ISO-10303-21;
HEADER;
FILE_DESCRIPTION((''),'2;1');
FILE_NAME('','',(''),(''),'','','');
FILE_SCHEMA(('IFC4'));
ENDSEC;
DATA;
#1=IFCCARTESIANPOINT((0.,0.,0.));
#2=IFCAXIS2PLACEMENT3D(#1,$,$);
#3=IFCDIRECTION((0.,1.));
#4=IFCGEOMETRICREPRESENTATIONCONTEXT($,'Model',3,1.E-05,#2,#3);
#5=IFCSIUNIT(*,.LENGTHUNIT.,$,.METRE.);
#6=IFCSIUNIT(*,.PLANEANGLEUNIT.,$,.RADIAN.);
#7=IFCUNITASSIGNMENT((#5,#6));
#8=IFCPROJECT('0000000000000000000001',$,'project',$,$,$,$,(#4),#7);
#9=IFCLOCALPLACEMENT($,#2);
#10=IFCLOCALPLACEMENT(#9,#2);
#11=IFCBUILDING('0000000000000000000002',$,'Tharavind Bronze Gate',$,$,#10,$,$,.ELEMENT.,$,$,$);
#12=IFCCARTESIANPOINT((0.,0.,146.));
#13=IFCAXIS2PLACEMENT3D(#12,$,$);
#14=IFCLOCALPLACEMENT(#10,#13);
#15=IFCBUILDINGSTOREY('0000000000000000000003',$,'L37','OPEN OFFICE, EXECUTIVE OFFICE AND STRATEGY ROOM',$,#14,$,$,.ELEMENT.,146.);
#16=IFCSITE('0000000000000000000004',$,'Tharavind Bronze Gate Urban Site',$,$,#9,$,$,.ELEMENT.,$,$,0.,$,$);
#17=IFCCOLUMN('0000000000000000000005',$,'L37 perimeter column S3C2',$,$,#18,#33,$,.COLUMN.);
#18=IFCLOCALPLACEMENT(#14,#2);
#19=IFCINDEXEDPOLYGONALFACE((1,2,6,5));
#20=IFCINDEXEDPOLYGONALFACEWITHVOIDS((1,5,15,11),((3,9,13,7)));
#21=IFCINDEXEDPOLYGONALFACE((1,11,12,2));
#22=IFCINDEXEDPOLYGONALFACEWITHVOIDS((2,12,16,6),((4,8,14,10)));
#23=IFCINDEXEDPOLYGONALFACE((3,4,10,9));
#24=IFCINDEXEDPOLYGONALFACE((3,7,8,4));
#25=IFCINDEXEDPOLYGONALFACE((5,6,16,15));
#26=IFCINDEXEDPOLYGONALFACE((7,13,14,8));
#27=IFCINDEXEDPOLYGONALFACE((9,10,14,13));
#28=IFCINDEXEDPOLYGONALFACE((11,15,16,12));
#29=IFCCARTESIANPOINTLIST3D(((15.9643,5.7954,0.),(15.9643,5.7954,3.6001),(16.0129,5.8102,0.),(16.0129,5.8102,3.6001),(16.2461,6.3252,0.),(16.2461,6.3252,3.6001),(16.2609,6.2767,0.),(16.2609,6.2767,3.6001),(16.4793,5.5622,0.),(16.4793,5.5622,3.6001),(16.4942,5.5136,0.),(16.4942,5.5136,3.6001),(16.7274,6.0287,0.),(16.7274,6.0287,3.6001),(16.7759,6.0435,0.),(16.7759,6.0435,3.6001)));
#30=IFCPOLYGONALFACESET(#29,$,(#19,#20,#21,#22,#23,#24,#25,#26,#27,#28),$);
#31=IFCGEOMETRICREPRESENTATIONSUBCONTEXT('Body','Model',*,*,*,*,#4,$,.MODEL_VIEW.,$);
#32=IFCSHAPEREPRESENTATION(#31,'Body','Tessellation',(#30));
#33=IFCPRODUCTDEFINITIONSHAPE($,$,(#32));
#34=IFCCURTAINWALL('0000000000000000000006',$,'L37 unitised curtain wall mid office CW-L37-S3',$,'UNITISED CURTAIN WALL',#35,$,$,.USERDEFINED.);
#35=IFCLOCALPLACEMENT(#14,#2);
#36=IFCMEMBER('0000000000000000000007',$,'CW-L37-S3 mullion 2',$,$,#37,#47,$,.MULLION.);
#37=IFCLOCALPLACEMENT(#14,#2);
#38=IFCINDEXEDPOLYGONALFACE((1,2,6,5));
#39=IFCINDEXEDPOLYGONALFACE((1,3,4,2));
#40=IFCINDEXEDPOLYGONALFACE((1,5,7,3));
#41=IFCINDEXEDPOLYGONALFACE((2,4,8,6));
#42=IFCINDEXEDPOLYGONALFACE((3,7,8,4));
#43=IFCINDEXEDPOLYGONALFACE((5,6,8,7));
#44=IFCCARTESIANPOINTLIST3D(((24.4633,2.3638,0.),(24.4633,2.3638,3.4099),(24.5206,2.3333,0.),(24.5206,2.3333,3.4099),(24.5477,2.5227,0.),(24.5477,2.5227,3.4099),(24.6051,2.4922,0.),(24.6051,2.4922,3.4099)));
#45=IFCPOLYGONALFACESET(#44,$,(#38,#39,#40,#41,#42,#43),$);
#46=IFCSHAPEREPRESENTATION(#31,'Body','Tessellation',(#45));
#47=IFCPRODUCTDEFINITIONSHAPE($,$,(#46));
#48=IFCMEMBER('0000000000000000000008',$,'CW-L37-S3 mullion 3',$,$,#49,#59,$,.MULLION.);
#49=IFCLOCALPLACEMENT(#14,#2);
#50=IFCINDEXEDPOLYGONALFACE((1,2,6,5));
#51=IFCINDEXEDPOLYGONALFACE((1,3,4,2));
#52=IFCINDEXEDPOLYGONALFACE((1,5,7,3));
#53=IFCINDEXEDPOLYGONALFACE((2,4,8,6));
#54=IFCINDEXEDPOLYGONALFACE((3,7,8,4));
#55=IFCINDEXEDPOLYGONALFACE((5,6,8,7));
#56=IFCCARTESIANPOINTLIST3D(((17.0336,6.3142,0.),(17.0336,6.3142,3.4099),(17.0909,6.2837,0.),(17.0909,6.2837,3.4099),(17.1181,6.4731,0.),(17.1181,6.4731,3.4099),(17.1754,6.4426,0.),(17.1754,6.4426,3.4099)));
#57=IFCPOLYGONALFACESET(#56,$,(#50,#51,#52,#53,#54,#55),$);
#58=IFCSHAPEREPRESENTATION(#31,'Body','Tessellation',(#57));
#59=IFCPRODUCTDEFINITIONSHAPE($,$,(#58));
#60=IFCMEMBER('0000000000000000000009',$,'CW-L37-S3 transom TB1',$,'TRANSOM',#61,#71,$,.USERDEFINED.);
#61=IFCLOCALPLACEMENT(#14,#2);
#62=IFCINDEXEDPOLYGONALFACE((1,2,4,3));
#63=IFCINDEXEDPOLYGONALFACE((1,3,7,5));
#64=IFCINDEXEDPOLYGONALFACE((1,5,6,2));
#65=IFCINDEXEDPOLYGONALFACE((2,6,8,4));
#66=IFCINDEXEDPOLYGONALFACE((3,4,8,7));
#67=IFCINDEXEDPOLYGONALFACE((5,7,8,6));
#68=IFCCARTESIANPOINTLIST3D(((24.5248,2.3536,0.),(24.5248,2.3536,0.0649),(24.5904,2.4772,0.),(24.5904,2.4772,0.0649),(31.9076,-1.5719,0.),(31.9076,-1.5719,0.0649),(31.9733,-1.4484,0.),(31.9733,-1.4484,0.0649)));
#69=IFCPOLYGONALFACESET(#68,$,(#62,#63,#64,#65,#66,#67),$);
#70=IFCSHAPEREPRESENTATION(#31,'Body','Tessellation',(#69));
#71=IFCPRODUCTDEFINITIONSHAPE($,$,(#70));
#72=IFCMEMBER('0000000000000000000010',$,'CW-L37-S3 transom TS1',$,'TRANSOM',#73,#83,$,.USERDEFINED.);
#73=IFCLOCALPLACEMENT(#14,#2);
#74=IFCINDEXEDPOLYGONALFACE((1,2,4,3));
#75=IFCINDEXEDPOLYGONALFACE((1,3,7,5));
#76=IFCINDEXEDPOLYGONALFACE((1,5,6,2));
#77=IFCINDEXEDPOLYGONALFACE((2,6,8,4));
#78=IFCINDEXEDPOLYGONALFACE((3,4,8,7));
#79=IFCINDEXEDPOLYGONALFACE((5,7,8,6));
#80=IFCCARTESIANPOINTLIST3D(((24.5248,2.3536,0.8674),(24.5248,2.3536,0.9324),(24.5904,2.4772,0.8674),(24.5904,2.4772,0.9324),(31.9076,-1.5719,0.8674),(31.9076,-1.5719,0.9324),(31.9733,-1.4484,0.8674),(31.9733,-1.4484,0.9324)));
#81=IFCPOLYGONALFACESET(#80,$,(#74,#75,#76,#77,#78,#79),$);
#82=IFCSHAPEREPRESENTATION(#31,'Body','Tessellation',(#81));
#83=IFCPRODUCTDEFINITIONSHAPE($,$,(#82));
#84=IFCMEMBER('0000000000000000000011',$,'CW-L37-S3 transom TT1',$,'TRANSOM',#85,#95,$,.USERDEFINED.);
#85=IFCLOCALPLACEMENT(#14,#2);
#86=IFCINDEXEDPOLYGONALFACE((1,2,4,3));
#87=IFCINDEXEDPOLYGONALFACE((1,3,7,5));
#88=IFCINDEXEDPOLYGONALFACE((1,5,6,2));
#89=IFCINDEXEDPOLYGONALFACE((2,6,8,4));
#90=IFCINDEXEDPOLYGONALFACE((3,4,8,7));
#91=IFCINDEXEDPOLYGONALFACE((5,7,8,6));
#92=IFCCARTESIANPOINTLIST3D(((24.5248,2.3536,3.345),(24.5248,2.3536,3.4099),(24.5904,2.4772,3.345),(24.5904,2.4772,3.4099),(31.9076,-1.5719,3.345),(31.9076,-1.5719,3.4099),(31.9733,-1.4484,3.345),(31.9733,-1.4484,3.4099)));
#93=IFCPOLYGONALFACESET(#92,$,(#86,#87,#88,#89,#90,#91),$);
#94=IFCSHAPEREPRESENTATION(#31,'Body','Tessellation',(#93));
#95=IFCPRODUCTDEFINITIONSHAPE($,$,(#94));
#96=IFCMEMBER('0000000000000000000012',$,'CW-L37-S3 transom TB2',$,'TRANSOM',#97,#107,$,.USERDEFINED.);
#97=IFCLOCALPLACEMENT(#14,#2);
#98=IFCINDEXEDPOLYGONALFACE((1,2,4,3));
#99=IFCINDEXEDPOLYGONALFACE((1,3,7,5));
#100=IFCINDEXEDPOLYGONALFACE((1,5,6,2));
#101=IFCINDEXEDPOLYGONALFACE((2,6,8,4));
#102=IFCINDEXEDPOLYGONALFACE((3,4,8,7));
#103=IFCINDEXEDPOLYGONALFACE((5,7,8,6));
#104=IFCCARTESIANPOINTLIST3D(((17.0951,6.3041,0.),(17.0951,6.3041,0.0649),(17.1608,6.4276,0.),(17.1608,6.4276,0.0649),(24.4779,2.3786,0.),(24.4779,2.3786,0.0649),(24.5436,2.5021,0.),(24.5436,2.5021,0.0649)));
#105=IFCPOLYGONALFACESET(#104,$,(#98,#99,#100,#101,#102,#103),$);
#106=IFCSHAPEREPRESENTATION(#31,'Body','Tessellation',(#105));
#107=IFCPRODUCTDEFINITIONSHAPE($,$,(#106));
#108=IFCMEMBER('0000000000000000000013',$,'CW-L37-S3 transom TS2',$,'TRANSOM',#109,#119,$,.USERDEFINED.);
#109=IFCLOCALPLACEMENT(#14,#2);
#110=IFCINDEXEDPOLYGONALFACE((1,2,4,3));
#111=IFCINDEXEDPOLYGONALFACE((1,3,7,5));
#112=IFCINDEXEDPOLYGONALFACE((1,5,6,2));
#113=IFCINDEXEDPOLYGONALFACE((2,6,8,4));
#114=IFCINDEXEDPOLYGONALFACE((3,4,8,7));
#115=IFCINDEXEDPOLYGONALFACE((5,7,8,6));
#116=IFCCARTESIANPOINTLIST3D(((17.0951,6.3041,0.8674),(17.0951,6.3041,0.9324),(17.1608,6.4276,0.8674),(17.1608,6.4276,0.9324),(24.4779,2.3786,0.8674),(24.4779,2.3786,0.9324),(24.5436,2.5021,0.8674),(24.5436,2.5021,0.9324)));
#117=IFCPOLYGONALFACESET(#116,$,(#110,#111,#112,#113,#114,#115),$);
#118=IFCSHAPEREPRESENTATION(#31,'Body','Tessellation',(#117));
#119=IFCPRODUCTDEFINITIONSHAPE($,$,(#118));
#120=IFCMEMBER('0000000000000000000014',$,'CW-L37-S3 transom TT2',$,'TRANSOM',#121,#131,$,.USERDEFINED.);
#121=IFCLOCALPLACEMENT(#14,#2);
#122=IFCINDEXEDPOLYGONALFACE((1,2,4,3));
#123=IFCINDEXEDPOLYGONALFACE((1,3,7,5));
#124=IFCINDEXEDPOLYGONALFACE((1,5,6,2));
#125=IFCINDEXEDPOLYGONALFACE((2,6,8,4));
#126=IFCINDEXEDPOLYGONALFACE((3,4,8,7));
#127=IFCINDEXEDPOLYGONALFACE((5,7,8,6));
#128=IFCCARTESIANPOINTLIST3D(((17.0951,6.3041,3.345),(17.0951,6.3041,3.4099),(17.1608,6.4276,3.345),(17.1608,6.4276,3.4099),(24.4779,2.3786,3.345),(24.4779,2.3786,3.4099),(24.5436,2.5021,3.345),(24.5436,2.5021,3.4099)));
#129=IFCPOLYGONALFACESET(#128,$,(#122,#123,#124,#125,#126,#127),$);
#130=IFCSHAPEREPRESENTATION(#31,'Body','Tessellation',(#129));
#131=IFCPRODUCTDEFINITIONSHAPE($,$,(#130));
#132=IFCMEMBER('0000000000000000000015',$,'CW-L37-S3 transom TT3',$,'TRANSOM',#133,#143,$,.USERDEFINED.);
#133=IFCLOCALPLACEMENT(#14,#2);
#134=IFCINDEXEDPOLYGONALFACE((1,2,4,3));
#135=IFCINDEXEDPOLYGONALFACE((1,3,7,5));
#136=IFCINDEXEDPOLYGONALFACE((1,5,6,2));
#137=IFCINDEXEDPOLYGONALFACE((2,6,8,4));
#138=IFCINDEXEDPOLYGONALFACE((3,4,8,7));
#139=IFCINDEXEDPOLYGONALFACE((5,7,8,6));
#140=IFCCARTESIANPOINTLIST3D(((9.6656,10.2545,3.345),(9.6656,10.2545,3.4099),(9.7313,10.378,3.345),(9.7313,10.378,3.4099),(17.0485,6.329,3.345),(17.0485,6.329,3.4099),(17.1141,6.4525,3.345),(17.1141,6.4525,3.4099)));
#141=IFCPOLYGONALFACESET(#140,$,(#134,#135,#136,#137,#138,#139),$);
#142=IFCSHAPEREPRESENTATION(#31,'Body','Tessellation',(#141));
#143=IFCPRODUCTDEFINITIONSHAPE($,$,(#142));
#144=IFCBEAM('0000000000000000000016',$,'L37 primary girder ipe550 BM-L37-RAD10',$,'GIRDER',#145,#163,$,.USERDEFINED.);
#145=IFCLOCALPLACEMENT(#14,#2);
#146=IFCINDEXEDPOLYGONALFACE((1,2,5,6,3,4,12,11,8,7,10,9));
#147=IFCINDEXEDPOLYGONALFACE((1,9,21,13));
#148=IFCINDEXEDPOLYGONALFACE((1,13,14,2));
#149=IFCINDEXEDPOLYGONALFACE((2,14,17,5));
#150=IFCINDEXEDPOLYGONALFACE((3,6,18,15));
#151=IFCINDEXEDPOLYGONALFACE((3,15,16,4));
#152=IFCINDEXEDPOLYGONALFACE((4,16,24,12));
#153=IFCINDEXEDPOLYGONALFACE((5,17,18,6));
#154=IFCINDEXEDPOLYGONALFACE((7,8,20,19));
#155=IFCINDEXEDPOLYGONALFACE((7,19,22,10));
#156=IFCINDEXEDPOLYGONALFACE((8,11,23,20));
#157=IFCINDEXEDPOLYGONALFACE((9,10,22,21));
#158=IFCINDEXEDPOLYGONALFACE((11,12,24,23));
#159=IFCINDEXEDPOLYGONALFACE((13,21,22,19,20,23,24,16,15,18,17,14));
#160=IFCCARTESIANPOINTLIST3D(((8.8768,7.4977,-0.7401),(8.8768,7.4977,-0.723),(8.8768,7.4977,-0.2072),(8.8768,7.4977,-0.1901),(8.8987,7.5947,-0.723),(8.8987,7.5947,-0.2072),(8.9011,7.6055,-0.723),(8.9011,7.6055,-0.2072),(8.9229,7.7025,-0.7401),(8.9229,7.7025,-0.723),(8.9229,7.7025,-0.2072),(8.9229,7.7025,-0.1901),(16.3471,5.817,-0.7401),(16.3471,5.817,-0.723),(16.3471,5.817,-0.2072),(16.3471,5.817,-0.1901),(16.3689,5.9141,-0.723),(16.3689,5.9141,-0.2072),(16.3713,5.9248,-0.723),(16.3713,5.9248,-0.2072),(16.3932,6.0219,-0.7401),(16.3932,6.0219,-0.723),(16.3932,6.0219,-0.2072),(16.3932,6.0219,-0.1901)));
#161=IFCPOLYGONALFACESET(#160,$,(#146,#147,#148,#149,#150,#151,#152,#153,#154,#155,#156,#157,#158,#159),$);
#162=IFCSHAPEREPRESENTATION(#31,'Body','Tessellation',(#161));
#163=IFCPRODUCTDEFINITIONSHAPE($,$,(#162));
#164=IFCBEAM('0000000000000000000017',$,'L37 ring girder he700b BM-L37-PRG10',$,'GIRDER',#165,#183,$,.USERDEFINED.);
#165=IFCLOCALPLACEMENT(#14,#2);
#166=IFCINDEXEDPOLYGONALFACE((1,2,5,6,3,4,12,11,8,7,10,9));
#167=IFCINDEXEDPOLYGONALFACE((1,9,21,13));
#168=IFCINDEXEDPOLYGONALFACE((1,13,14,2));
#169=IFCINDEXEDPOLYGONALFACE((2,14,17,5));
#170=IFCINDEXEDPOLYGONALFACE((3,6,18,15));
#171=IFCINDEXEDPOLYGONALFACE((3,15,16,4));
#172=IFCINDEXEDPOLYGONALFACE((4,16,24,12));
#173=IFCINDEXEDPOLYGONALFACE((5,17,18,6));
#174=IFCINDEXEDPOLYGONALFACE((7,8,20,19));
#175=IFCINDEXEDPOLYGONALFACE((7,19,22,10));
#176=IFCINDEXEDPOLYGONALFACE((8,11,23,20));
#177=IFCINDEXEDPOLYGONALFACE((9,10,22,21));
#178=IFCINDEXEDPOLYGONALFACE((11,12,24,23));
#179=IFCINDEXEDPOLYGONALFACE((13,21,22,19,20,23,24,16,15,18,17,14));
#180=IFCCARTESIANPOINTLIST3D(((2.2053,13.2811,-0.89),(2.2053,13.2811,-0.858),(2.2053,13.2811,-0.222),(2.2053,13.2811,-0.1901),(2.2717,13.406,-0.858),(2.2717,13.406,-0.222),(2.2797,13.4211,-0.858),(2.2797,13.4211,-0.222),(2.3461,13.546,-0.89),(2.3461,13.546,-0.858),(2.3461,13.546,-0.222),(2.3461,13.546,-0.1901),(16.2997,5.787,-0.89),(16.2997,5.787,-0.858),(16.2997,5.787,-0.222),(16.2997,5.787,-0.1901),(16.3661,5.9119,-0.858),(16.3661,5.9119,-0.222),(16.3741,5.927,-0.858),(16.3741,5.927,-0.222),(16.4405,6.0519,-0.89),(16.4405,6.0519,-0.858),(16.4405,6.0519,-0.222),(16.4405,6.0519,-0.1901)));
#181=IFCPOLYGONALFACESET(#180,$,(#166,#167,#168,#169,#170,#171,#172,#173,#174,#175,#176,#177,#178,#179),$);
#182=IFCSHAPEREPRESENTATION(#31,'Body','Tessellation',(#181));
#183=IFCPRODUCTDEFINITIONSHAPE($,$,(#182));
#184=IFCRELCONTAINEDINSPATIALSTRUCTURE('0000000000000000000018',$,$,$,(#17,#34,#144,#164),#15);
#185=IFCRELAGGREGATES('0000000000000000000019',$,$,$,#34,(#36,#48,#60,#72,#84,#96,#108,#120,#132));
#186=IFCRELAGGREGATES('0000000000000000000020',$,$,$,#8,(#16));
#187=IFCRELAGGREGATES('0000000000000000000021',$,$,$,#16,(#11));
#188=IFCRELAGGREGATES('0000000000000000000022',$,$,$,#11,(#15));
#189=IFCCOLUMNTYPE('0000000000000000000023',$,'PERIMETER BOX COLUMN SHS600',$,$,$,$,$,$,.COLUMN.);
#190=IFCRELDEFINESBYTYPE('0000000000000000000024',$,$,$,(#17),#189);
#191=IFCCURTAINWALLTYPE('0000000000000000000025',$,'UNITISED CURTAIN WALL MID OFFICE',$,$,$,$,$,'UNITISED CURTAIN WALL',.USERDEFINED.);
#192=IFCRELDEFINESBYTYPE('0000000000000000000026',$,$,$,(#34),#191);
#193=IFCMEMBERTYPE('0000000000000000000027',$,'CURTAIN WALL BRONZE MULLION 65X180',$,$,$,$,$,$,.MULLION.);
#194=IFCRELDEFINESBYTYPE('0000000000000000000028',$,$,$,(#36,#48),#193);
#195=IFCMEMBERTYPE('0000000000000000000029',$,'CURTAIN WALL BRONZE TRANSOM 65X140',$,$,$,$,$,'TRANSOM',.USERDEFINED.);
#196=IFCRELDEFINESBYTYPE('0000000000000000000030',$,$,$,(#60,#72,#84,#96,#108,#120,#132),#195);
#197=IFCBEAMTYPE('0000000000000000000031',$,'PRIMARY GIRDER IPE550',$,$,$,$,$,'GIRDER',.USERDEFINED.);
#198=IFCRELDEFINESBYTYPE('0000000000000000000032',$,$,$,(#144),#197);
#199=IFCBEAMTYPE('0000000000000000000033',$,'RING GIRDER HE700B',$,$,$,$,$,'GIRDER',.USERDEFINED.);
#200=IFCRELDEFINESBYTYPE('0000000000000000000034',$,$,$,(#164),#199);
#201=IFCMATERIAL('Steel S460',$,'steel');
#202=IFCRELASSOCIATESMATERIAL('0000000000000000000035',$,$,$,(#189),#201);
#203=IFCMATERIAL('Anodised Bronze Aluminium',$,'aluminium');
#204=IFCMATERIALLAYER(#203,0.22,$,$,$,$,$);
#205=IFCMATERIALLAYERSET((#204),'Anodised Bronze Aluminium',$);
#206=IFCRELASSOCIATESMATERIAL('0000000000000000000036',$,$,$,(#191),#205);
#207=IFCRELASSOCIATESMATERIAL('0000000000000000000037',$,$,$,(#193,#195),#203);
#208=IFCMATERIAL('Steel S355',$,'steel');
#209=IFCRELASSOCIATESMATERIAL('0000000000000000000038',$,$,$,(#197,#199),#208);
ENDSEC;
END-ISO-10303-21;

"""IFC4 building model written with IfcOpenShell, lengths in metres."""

from ifc_helpers import new_model, si_unit, direction, frame, origin, origin_2d, place, context, subcontext, project, spatial, rectangle, hollow_rectangle, i_section, extrude, material, layer, layer_set, material_profile, profile_set, type_object, element, aggregate, save


model = new_model("IFC4")

# Units and contexts
model_context = context("Model", 3, precision=1e-05, world=origin(), true_north=direction((0.0, 1.0)))
body_context = subcontext(model_context, "Body", "Model", "MODEL_VIEW")
ifc_project = project(units=[si_unit("LENGTHUNIT", "METRE"), si_unit("PLANEANGLEUNIT", "RADIAN")], contexts=[model_context])

# Site, building, storey
site_placement = place(None, origin())
site = spatial("IfcSite", under=ifc_project, at=site_placement, Name="Tharavind Bronze Gate Urban Site", CompositionType="ELEMENT", RefElevation=0.0)
building_placement = place(site_placement, origin())
building = spatial("IfcBuilding", under=site, at=building_placement, Name="Tharavind Bronze Gate", CompositionType="ELEMENT")
storey_placement = place(building_placement, frame((0.0, 0.0, 146.0)))
storey = spatial("IfcBuildingStorey", under=building, at=storey_placement, Name="L37", Description="OPEN OFFICE, EXECUTIVE OFFICE AND STRATEGY ROOM", CompositionType="ELEMENT", Elevation=146.0)

# Column
ifc_material_1 = material(Name="Steel S460", Category="steel")
ifc_material_profile_1 = material_profile(ifc_material_1, hollow_rectangle(XDim=0.6001, YDim=0.6001, WallThickness=0.0359, at=origin_2d()), Name="SHS600X36")
ifc_profile_set_1 = profile_set([ifc_material_profile_1], Name="Steel S460")
column_type = type_object("IfcColumnType", Name="PERIMETER BOX COLUMN SHS600", PredefinedType="COLUMN", material=ifc_profile_set_1)
column_placement = place(storey_placement, frame((16.3701, 5.9194, 0.0), z_axis=(0.0, 0.0, 1.0), x_axis=(-0.882948, 0.46947, 0.0)))
element("IfcColumn", 1, at=column_placement, inside=storey, type_object=column_type, Name="L37 perimeter column S3C2", PredefinedType="COLUMN", context=body_context, shape_type="SweptSolid", body=[
    extrude(hollow_rectangle(XDim=0.6001, YDim=0.6001, WallThickness=0.0359, at=origin_2d()), origin(), (0.0, 0.0, 1.0), 3.6001),
])

# Curtain wall, members
ifc_material_2 = material(Name="Anodised Bronze Aluminium", Category="aluminium")
ifc_layer_1 = layer(ifc_material_2, 0.22)
ifc_layer_set_1 = layer_set([ifc_layer_1], Name="Anodised Bronze Aluminium")
curtain_wall_type = type_object("IfcCurtainWallType", Name="UNITISED CURTAIN WALL MID OFFICE", ElementType="UNITISED CURTAIN WALL", PredefinedType="USERDEFINED", material=ifc_layer_set_1)
curtain_wall_placement = place(storey_placement, origin())
curtain_wall = element("IfcCurtainWall", 2, at=curtain_wall_placement, inside=storey, type_object=curtain_wall_type, Name="L37 unitised curtain wall mid office CW-L37-S3", ObjectType="UNITISED CURTAIN WALL", PredefinedType="USERDEFINED")
member_type_1 = type_object("IfcMemberType", Name="CURTAIN WALL BRONZE MULLION 65X180", PredefinedType="MULLION", material=ifc_material_2)
member_1_placement = place(storey_placement, frame((24.5342, 2.428, 0.0), z_axis=(0.0, 0.0, 1.0), x_axis=(-0.882948, 0.469472, 0.0)))
member_1 = element("IfcMember", 3, at=member_1_placement, type_object=member_type_1, Name="CW-L37-S3 mullion 2", PredefinedType="MULLION", context=body_context, shape_type="SweptSolid", body=[
    extrude(rectangle(XDim=0.0649, YDim=0.1799, at=origin_2d()), origin(), (0.0, 0.0, 1.0), 3.4099),
])
member_2_placement = place(storey_placement, frame((17.1045, 6.3784, 0.0), z_axis=(0.0, 0.0, 1.0), x_axis=(-0.882948, 0.469472, 0.0)))
member_2 = element("IfcMember", 4, at=member_2_placement, type_object=member_type_1, Name="CW-L37-S3 mullion 3", PredefinedType="MULLION", context=body_context, shape_type="SweptSolid", body=[
    extrude(rectangle(XDim=0.0649, YDim=0.1799, at=origin_2d()), origin(), (0.0, 0.0, 1.0), 3.4099),
])
member_type_2 = type_object("IfcMemberType", Name="CURTAIN WALL BRONZE TRANSOM 65X140", ElementType="TRANSOM", PredefinedType="USERDEFINED", material=ifc_material_2)
member_3_placement = place(storey_placement, frame((28.249, 0.4526, 0.0), z_axis=(0.0, 0.0, 1.0), x_axis=(-0.882948, 0.469472, 0.0)))
member_3 = element("IfcMember", 5, at=member_3_placement, type_object=member_type_2, Name="CW-L37-S3 transom TB1", ObjectType="TRANSOM", PredefinedType="USERDEFINED", context=body_context, shape_type="SweptSolid", body=[
    extrude(rectangle(XDim=8.3616, YDim=0.1399, at=origin_2d()), origin(), (0.0, 0.0, 1.0), 0.0649),
])
member_4_placement = place(storey_placement, frame((28.249, 0.4526, 0.8674), z_axis=(0.0, 0.0, 1.0), x_axis=(-0.882948, 0.469472, 0.0)))
member_4 = element("IfcMember", 6, at=member_4_placement, type_object=member_type_2, Name="CW-L37-S3 transom TS1", ObjectType="TRANSOM", PredefinedType="USERDEFINED", context=body_context, shape_type="SweptSolid", body=[
    extrude(rectangle(XDim=8.3616, YDim=0.1399, at=origin_2d()), origin(), (0.0, 0.0, 1.0), 0.0649),
])
member_5_placement = place(storey_placement, frame((28.249, 0.4526, 3.345), z_axis=(0.0, 0.0, 1.0), x_axis=(-0.882948, 0.469472, 0.0)))
member_5 = element("IfcMember", 7, at=member_5_placement, type_object=member_type_2, Name="CW-L37-S3 transom TT1", ObjectType="TRANSOM", PredefinedType="USERDEFINED", context=body_context, shape_type="SweptSolid", body=[
    extrude(rectangle(XDim=8.3616, YDim=0.1399, at=origin_2d()), origin(), (0.0, 0.0, 1.0), 0.0649),
])
member_6_placement = place(storey_placement, frame((20.8193, 4.4031, 0.0), z_axis=(0.0, 0.0, 1.0), x_axis=(-0.882948, 0.469472, 0.0)))
member_6 = element("IfcMember", 8, at=member_6_placement, type_object=member_type_2, Name="CW-L37-S3 transom TB2", ObjectType="TRANSOM", PredefinedType="USERDEFINED", context=body_context, shape_type="SweptSolid", body=[
    extrude(rectangle(XDim=8.3616, YDim=0.1399, at=origin_2d()), origin(), (0.0, 0.0, 1.0), 0.0649),
])
member_7_placement = place(storey_placement, frame((20.8193, 4.4031, 0.8674), z_axis=(0.0, 0.0, 1.0), x_axis=(-0.882948, 0.469472, 0.0)))
member_7 = element("IfcMember", 9, at=member_7_placement, type_object=member_type_2, Name="CW-L37-S3 transom TS2", ObjectType="TRANSOM", PredefinedType="USERDEFINED", context=body_context, shape_type="SweptSolid", body=[
    extrude(rectangle(XDim=8.3616, YDim=0.1399, at=origin_2d()), origin(), (0.0, 0.0, 1.0), 0.0649),
])
member_8_placement = place(storey_placement, frame((20.8193, 4.4031, 3.345), z_axis=(0.0, 0.0, 1.0), x_axis=(-0.882948, 0.469472, 0.0)))
member_8 = element("IfcMember", 10, at=member_8_placement, type_object=member_type_2, Name="CW-L37-S3 transom TT2", ObjectType="TRANSOM", PredefinedType="USERDEFINED", context=body_context, shape_type="SweptSolid", body=[
    extrude(rectangle(XDim=8.3616, YDim=0.1399, at=origin_2d()), origin(), (0.0, 0.0, 1.0), 0.0649),
])
member_9_placement = place(storey_placement, frame((13.3899, 8.3535, 3.345), z_axis=(0.0, 0.0, 1.0), x_axis=(-0.882948, 0.469472, 0.0)))
member_9 = element("IfcMember", 11, at=member_9_placement, type_object=member_type_2, Name="CW-L37-S3 transom TT3", ObjectType="TRANSOM", PredefinedType="USERDEFINED", context=body_context, shape_type="SweptSolid", body=[
    extrude(rectangle(XDim=8.3616, YDim=0.1399, at=origin_2d()), origin(), (0.0, 0.0, 1.0), 0.0649),
])

# Beams
ifc_material_3 = material(Name="Steel S355", Category="steel")
ifc_material_profile_2 = material_profile(ifc_material_3, i_section(OverallWidth=0.21, OverallDepth=0.55, WebThickness=0.011, FlangeThickness=0.0171, at=origin_2d()), Name="IPE550")
ifc_profile_set_2 = profile_set([ifc_material_profile_2], Name="Steel S355")
beam_type_1 = type_object("IfcBeamType", Name="PRIMARY GIRDER IPE550", ElementType="GIRDER", PredefinedType="USERDEFINED", material=ifc_profile_set_2)
beam_1_placement = place(storey_placement, frame((16.3701, 5.9194, -0.4651), z_axis=(-0.975614, 0.219496, 0.0), x_axis=(-0.219496, -0.975614, 0.0)))
element("IfcBeam", 12, at=beam_1_placement, inside=storey, type_object=beam_type_1, Name="L37 primary girder ipe550 BM-L37-RAD10", ObjectType="GIRDER", PredefinedType="USERDEFINED", context=body_context, shape_type="SweptSolid", body=[
    extrude(i_section(OverallWidth=0.21, OverallDepth=0.55, WebThickness=0.011, FlangeThickness=0.0171, at=origin_2d()), origin(), (0.0, 0.0, 1.0), 7.657),
])
ifc_material_profile_3 = material_profile(ifc_material_3, i_section(OverallWidth=0.3, OverallDepth=0.7, WebThickness=0.0171, FlangeThickness=0.032, at=origin_2d()), Name="HE700B")
ifc_profile_set_3 = profile_set([ifc_material_profile_3], Name="Steel S355")
beam_type_2 = type_object("IfcBeamType", Name="RING GIRDER HE700B", ElementType="GIRDER", PredefinedType="USERDEFINED", material=ifc_profile_set_3)
beam_2_placement = place(storey_placement, frame((16.3701, 5.9194, -0.54), z_axis=(-0.882948, 0.46947, 0.0), x_axis=(-0.46947, -0.882948, 0.0)))
element("IfcBeam", 13, at=beam_2_placement, inside=storey, type_object=beam_type_2, Name="L37 ring girder he700b BM-L37-PRG10", ObjectType="GIRDER", PredefinedType="USERDEFINED", context=body_context, shape_type="SweptSolid", body=[
    extrude(i_section(OverallWidth=0.3, OverallDepth=0.7, WebThickness=0.0171, FlangeThickness=0.032, at=origin_2d()), origin(), (0.0, 0.0, 1.0), 15.9629),
])

aggregate(curtain_wall, [member_1, member_2, member_3, member_4, member_5, member_6, member_7, member_8, member_9])

save(model, "model.ifc")
